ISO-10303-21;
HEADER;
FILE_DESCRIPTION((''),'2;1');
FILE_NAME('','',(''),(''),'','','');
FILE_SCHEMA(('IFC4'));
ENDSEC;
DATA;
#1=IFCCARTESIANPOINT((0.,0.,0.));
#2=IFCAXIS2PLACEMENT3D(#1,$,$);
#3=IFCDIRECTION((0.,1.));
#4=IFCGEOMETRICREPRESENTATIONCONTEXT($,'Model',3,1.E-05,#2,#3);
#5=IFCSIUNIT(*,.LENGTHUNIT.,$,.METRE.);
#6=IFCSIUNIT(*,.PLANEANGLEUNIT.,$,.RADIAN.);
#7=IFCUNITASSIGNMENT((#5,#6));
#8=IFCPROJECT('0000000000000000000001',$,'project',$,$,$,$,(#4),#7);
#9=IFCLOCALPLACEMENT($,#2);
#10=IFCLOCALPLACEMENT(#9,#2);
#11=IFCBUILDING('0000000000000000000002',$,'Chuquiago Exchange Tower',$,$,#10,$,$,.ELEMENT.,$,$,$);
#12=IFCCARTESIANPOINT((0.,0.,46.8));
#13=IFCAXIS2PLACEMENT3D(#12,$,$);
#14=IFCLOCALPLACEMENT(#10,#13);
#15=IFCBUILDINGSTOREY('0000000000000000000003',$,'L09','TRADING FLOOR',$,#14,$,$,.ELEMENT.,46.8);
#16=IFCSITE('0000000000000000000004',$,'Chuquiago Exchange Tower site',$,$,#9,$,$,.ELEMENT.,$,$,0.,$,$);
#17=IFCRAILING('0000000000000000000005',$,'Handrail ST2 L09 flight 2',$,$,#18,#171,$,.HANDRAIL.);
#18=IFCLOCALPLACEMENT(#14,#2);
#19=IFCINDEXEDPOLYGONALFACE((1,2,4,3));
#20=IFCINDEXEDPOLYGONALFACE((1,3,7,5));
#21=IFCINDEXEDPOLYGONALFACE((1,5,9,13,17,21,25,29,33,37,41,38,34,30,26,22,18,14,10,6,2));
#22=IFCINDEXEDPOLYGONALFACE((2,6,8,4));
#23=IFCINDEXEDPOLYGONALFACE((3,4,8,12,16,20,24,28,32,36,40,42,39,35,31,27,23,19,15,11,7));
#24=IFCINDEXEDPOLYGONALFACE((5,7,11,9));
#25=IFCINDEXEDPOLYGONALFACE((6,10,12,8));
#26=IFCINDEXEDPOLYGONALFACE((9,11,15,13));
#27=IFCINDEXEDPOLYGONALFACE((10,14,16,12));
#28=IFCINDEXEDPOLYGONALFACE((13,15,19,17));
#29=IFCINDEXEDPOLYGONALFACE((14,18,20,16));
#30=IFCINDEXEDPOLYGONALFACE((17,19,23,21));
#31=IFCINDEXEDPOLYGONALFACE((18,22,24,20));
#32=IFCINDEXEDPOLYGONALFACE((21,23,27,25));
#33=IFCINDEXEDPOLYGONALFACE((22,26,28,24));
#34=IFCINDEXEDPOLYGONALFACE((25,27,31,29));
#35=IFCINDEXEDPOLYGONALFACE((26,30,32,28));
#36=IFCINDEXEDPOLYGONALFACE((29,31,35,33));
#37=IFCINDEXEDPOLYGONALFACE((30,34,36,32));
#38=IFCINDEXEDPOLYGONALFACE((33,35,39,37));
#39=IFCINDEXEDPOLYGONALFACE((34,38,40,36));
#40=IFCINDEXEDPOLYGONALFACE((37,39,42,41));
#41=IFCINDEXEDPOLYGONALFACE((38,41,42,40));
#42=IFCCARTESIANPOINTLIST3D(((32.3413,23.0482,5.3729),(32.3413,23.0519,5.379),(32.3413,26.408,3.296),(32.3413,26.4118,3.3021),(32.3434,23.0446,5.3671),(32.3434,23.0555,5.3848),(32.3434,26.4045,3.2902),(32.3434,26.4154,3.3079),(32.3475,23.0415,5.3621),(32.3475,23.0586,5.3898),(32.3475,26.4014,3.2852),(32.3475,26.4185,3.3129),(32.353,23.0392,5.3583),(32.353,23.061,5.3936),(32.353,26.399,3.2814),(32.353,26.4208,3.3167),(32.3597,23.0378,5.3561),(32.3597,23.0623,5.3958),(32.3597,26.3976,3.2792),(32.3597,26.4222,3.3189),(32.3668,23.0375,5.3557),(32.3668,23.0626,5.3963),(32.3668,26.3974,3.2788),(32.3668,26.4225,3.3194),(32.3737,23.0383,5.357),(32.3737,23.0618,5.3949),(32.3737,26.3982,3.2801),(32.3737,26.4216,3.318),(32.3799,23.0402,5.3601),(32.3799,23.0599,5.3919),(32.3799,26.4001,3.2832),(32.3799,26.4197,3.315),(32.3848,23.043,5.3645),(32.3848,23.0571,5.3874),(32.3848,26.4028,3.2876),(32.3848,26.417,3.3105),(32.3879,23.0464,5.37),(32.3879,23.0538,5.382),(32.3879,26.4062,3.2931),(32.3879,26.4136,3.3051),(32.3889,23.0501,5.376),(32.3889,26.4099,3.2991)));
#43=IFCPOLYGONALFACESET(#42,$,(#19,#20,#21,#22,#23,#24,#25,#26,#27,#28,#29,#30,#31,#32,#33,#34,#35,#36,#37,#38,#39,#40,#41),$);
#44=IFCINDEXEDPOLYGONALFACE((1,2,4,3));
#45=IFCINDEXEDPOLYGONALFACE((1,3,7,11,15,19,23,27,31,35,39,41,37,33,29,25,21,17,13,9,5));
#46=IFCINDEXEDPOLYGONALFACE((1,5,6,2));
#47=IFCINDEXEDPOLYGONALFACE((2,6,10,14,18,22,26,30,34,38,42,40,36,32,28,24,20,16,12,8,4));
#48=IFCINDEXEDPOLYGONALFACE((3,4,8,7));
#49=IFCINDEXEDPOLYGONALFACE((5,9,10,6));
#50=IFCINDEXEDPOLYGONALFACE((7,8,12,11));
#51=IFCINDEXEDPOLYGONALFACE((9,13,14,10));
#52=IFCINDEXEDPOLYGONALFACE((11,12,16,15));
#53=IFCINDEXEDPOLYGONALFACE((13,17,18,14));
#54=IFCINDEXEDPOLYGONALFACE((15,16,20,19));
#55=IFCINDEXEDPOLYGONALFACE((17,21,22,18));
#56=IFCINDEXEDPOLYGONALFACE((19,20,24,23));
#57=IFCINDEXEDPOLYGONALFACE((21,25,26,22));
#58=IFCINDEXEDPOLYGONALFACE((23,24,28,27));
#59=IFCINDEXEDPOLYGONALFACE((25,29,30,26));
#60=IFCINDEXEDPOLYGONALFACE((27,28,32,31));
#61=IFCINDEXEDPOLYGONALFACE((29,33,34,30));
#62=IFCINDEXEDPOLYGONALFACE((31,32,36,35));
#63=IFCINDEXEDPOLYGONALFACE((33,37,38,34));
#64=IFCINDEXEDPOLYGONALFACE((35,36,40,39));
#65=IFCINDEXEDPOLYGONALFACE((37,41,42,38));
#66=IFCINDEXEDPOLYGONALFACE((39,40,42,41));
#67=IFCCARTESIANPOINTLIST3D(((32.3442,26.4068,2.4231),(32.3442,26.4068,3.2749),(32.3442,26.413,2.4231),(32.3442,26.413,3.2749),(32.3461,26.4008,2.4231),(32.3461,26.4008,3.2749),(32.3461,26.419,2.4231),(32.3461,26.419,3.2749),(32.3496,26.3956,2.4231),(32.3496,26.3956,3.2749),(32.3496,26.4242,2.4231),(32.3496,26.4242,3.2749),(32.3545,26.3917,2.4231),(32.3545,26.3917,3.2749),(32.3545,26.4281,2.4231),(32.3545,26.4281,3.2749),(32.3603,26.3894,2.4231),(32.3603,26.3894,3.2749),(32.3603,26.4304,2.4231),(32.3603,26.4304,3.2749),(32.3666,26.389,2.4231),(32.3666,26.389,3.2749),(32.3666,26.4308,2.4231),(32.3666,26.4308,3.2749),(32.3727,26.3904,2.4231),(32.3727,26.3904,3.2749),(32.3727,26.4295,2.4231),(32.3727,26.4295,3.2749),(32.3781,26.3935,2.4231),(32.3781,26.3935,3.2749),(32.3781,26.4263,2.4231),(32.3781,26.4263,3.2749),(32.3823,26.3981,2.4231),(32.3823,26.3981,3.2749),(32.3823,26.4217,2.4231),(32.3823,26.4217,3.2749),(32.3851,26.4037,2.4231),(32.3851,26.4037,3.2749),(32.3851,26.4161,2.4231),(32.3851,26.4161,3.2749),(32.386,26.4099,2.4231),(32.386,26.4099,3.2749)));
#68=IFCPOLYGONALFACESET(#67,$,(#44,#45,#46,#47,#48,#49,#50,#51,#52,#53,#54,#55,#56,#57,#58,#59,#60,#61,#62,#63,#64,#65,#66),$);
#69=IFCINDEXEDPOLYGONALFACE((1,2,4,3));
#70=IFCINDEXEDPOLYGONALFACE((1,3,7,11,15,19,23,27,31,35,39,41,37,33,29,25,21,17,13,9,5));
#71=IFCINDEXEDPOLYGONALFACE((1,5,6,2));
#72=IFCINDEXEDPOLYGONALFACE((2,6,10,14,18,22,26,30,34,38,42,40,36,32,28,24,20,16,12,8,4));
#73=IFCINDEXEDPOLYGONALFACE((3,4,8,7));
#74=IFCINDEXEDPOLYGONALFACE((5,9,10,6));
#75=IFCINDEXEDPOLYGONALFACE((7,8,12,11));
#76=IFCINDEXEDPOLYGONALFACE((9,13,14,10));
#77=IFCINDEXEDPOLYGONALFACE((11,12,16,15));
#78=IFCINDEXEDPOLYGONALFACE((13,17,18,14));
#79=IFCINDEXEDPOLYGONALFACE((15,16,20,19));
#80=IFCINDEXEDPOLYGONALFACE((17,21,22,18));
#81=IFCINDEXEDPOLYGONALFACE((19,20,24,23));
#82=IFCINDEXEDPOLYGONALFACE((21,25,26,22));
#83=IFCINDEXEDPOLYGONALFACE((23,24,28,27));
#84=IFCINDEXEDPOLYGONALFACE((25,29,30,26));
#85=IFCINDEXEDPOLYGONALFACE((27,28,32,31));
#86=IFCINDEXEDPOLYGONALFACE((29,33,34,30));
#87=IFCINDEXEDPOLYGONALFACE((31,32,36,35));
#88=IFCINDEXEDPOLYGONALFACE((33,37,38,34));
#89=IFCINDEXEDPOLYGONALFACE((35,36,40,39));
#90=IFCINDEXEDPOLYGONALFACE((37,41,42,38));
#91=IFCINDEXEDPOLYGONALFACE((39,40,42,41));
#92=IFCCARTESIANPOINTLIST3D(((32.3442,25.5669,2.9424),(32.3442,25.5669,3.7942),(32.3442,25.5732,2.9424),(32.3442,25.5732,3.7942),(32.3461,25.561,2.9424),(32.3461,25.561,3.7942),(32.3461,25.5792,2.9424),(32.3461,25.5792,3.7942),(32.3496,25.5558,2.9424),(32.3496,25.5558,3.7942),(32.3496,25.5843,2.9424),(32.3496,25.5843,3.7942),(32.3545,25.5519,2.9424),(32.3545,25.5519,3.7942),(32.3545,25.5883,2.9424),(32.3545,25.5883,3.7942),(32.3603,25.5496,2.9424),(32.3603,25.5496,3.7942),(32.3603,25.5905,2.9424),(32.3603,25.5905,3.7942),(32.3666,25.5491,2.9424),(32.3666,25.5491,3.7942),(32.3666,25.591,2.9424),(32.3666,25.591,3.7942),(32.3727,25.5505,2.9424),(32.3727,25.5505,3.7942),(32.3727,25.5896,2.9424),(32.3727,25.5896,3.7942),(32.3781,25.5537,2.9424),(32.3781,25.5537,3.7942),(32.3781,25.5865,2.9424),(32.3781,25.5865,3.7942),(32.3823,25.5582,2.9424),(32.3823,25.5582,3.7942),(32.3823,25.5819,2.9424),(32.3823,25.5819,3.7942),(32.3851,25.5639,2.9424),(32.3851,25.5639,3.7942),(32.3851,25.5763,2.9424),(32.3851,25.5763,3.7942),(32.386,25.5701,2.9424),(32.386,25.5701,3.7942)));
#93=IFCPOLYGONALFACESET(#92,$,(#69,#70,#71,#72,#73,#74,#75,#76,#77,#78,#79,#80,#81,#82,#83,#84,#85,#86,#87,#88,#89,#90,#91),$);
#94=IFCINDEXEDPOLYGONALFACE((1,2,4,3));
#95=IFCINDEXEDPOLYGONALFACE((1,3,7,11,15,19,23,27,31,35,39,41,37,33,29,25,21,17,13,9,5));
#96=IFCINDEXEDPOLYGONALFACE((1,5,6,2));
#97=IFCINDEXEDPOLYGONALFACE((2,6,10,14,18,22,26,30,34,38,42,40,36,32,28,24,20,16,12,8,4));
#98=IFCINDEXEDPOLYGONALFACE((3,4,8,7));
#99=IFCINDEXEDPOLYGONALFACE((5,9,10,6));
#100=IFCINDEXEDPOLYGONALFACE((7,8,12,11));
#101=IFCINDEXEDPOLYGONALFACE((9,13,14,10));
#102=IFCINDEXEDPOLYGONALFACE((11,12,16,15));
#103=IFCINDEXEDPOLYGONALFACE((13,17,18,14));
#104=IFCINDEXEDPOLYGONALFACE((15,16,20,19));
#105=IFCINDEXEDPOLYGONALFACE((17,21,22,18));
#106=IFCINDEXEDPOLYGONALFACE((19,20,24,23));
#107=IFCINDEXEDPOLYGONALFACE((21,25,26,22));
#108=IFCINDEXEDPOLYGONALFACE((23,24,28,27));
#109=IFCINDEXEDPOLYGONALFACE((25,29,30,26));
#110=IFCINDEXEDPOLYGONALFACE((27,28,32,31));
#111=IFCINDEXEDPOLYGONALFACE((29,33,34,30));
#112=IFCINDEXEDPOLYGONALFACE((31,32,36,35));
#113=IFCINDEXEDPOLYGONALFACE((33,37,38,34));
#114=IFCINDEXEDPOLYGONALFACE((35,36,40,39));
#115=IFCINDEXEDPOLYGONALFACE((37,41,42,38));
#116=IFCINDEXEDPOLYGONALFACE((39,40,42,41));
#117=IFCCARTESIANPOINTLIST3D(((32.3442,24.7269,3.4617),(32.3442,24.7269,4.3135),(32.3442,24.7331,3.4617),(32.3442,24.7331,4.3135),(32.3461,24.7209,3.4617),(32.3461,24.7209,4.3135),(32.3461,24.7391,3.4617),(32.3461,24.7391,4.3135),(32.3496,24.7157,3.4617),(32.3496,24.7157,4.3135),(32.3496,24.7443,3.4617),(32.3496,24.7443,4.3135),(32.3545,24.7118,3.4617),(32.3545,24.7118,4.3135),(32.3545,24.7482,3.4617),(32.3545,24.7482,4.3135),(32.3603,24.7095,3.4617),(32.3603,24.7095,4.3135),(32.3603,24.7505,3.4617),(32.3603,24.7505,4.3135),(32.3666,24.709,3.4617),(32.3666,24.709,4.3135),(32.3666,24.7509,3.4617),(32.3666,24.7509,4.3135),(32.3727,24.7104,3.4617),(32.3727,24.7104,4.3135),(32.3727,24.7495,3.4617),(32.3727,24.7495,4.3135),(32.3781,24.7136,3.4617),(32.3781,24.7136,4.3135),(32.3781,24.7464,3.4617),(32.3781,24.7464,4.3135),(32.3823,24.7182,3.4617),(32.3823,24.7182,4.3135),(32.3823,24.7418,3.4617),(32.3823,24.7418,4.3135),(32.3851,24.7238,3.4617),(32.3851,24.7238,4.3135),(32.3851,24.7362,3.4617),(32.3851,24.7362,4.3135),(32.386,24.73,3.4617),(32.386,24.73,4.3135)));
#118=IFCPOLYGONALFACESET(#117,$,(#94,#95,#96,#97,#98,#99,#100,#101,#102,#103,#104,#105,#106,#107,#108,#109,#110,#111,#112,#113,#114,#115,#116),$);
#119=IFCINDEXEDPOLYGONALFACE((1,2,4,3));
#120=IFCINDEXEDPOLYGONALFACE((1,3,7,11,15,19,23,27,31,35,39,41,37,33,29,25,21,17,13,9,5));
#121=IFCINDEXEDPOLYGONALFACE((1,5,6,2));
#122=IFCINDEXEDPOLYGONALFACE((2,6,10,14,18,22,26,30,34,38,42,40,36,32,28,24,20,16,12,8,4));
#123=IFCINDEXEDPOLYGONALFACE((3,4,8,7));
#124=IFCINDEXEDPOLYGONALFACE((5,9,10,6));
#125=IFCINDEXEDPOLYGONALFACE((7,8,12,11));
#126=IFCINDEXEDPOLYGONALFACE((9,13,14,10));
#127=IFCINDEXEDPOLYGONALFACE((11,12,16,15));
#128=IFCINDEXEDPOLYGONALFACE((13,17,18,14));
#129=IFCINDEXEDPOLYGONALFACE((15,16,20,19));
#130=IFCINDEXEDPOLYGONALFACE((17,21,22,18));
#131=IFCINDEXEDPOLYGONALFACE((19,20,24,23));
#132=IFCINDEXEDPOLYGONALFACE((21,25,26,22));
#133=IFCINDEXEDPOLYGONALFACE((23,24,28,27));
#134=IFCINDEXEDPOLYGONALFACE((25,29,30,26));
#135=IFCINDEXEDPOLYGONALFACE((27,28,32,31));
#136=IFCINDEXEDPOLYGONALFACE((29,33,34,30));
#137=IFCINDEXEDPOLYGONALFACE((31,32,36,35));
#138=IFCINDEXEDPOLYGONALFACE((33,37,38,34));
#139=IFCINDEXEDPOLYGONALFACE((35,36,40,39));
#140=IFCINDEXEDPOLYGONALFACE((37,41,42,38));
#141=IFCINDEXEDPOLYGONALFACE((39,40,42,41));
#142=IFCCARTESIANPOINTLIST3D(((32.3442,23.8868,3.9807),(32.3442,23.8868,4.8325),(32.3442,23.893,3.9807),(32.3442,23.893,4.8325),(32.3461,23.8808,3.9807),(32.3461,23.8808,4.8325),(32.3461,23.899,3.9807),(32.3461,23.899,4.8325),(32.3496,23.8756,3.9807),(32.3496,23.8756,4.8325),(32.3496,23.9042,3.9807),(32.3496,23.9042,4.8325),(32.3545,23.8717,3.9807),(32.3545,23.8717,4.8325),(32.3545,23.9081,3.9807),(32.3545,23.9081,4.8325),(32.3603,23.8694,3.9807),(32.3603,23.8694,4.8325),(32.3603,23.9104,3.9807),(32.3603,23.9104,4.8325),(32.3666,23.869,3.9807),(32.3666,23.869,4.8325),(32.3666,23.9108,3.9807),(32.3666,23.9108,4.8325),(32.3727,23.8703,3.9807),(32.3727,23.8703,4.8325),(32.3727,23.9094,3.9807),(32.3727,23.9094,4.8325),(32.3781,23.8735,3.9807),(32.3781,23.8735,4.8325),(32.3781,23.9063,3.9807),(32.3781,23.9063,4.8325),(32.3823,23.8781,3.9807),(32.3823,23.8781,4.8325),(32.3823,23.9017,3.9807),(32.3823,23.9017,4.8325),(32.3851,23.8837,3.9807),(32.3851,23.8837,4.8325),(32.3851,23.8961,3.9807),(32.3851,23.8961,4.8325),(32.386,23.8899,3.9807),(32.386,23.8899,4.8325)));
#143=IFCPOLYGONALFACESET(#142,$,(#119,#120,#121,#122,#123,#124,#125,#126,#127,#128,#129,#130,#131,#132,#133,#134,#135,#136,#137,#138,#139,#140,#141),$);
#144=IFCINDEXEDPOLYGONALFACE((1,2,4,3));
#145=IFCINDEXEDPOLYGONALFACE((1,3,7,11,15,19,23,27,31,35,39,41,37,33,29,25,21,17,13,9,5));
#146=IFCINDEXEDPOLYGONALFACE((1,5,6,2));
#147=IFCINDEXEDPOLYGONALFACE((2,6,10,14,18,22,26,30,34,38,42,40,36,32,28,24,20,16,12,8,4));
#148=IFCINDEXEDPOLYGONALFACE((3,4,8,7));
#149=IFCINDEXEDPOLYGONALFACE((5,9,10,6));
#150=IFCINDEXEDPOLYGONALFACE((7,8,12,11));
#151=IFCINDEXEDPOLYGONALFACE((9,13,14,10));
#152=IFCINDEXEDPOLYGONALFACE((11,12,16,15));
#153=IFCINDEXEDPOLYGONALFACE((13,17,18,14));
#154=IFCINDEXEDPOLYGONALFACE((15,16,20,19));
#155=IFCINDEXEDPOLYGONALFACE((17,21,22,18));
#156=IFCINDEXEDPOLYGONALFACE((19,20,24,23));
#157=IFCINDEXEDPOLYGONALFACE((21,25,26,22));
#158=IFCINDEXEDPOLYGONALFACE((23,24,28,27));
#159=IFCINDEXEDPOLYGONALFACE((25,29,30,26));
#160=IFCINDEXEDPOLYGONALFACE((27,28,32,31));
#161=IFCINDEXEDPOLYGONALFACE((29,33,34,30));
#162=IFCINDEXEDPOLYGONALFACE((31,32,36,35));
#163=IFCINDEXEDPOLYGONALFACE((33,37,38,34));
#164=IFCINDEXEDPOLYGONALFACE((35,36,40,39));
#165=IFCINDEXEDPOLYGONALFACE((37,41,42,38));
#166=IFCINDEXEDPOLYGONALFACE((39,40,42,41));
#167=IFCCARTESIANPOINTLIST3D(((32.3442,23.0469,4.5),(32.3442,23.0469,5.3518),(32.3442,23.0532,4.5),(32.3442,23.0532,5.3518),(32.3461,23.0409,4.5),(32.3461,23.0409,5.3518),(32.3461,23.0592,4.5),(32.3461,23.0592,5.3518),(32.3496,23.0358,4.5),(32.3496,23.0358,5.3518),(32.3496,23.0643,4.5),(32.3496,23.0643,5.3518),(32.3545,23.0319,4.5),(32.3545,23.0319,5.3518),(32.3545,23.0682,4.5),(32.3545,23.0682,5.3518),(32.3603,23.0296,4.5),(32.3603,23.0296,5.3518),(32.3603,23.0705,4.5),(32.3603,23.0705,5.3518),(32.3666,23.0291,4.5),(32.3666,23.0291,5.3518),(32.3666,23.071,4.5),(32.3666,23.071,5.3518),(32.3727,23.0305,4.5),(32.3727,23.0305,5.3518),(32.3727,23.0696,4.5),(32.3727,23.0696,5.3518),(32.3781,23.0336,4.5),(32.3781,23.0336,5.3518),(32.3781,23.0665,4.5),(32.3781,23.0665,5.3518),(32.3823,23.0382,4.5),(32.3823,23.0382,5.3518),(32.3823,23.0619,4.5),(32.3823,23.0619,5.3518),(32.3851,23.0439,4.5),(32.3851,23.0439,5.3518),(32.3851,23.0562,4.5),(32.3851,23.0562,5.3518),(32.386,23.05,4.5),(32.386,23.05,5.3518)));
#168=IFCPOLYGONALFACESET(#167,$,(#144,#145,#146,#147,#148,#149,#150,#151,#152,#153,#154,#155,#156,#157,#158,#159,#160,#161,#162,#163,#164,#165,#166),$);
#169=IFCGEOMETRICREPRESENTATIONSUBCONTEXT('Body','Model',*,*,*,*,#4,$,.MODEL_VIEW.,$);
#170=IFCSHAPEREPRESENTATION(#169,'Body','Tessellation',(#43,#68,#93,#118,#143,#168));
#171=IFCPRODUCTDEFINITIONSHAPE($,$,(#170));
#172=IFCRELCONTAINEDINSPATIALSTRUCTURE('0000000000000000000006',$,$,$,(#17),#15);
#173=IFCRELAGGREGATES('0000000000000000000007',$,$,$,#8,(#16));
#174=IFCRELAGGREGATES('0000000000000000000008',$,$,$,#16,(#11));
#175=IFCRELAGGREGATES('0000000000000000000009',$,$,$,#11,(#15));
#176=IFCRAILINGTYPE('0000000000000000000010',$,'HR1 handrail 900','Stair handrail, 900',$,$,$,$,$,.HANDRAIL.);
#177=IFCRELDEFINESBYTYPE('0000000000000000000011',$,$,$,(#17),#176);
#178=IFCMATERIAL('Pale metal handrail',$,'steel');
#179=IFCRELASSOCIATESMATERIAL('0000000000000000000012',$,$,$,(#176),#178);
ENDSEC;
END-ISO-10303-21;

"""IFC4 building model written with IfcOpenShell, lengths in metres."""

from ifc_helpers import new_model, si_unit, direction, frame, origin, origin_2d, place, context, subcontext, project, spatial, circle, extrude, material, type_object, element, save


model = new_model("IFC4")

# Units and contexts
model_context = context("Model", 3, precision=1e-05, world=origin(), true_north=direction((0.0, 1.0)))
body_context = subcontext(model_context, "Body", "Model", "MODEL_VIEW")
ifc_project = project(units=[si_unit("LENGTHUNIT", "METRE"), si_unit("PLANEANGLEUNIT", "RADIAN")], contexts=[model_context])

# Site, building, storey
site_placement = place(None, origin())
site = spatial("IfcSite", under=ifc_project, at=site_placement, Name="Chuquiago Exchange Tower site", CompositionType="ELEMENT", RefElevation=0.0)
building_placement = place(site_placement, origin())
building = spatial("IfcBuilding", under=site, at=building_placement, Name="Chuquiago Exchange Tower", CompositionType="ELEMENT")
storey_placement = place(building_placement, frame((0.0, 0.0, 46.8)))
storey = spatial("IfcBuildingStorey", under=building, at=storey_placement, Name="L09", Description="TRADING FLOOR", CompositionType="ELEMENT", Elevation=46.8)

# Railing
ifc_material_1 = material(Name="Pale metal handrail", Category="steel")
railing_type_1 = type_object("IfcRailingType", Name="HR1 handrail 900", Description="Stair handrail, 900", PredefinedType="HANDRAIL", material=ifc_material_1)
for number, where, name in (
    (1, (32.365, 26.4099, 2.4231), "Handrail ST2 L09 flight 2"),
):
    element("IfcRailing", number, at=place(storey_placement, frame(where)), inside=storey, type_object=railing_type_1, Name=name, PredefinedType="HANDRAIL", context=body_context, shape_type="SweptSolid", body=[
        extrude(circle(Radius=0.0239, at=origin_2d()), frame((0.0, 0.0, 0.876), z_axis=(0.0, -0.850606, 0.525803), x_axis=(1.0, 0.0, 0.0)), (0.0, 0.0, 1.0), 3.95),
        extrude(circle(Radius=0.021, at=origin_2d()), origin(), (0.0, 0.0, 1.0), 0.8518),
        extrude(circle(Radius=0.021, at=origin_2d()), frame((0.0, -0.8398, 0.5193)), (0.0, 0.0, 1.0), 0.8518),
        extrude(circle(Radius=0.021, at=origin_2d()), frame((0.0, -1.6799, 1.0386)), (0.0, 0.0, 1.0), 0.8518),
        extrude(circle(Radius=0.021, at=origin_2d()), frame((0.0, -2.52, 1.5576)), (0.0, 0.0, 1.0), 0.8518),
        extrude(circle(Radius=0.021, at=origin_2d()), frame((0.0, -3.3599, 2.0769)), (0.0, 0.0, 1.0), 0.8518),
    ])

save(model, "model.ifc")
